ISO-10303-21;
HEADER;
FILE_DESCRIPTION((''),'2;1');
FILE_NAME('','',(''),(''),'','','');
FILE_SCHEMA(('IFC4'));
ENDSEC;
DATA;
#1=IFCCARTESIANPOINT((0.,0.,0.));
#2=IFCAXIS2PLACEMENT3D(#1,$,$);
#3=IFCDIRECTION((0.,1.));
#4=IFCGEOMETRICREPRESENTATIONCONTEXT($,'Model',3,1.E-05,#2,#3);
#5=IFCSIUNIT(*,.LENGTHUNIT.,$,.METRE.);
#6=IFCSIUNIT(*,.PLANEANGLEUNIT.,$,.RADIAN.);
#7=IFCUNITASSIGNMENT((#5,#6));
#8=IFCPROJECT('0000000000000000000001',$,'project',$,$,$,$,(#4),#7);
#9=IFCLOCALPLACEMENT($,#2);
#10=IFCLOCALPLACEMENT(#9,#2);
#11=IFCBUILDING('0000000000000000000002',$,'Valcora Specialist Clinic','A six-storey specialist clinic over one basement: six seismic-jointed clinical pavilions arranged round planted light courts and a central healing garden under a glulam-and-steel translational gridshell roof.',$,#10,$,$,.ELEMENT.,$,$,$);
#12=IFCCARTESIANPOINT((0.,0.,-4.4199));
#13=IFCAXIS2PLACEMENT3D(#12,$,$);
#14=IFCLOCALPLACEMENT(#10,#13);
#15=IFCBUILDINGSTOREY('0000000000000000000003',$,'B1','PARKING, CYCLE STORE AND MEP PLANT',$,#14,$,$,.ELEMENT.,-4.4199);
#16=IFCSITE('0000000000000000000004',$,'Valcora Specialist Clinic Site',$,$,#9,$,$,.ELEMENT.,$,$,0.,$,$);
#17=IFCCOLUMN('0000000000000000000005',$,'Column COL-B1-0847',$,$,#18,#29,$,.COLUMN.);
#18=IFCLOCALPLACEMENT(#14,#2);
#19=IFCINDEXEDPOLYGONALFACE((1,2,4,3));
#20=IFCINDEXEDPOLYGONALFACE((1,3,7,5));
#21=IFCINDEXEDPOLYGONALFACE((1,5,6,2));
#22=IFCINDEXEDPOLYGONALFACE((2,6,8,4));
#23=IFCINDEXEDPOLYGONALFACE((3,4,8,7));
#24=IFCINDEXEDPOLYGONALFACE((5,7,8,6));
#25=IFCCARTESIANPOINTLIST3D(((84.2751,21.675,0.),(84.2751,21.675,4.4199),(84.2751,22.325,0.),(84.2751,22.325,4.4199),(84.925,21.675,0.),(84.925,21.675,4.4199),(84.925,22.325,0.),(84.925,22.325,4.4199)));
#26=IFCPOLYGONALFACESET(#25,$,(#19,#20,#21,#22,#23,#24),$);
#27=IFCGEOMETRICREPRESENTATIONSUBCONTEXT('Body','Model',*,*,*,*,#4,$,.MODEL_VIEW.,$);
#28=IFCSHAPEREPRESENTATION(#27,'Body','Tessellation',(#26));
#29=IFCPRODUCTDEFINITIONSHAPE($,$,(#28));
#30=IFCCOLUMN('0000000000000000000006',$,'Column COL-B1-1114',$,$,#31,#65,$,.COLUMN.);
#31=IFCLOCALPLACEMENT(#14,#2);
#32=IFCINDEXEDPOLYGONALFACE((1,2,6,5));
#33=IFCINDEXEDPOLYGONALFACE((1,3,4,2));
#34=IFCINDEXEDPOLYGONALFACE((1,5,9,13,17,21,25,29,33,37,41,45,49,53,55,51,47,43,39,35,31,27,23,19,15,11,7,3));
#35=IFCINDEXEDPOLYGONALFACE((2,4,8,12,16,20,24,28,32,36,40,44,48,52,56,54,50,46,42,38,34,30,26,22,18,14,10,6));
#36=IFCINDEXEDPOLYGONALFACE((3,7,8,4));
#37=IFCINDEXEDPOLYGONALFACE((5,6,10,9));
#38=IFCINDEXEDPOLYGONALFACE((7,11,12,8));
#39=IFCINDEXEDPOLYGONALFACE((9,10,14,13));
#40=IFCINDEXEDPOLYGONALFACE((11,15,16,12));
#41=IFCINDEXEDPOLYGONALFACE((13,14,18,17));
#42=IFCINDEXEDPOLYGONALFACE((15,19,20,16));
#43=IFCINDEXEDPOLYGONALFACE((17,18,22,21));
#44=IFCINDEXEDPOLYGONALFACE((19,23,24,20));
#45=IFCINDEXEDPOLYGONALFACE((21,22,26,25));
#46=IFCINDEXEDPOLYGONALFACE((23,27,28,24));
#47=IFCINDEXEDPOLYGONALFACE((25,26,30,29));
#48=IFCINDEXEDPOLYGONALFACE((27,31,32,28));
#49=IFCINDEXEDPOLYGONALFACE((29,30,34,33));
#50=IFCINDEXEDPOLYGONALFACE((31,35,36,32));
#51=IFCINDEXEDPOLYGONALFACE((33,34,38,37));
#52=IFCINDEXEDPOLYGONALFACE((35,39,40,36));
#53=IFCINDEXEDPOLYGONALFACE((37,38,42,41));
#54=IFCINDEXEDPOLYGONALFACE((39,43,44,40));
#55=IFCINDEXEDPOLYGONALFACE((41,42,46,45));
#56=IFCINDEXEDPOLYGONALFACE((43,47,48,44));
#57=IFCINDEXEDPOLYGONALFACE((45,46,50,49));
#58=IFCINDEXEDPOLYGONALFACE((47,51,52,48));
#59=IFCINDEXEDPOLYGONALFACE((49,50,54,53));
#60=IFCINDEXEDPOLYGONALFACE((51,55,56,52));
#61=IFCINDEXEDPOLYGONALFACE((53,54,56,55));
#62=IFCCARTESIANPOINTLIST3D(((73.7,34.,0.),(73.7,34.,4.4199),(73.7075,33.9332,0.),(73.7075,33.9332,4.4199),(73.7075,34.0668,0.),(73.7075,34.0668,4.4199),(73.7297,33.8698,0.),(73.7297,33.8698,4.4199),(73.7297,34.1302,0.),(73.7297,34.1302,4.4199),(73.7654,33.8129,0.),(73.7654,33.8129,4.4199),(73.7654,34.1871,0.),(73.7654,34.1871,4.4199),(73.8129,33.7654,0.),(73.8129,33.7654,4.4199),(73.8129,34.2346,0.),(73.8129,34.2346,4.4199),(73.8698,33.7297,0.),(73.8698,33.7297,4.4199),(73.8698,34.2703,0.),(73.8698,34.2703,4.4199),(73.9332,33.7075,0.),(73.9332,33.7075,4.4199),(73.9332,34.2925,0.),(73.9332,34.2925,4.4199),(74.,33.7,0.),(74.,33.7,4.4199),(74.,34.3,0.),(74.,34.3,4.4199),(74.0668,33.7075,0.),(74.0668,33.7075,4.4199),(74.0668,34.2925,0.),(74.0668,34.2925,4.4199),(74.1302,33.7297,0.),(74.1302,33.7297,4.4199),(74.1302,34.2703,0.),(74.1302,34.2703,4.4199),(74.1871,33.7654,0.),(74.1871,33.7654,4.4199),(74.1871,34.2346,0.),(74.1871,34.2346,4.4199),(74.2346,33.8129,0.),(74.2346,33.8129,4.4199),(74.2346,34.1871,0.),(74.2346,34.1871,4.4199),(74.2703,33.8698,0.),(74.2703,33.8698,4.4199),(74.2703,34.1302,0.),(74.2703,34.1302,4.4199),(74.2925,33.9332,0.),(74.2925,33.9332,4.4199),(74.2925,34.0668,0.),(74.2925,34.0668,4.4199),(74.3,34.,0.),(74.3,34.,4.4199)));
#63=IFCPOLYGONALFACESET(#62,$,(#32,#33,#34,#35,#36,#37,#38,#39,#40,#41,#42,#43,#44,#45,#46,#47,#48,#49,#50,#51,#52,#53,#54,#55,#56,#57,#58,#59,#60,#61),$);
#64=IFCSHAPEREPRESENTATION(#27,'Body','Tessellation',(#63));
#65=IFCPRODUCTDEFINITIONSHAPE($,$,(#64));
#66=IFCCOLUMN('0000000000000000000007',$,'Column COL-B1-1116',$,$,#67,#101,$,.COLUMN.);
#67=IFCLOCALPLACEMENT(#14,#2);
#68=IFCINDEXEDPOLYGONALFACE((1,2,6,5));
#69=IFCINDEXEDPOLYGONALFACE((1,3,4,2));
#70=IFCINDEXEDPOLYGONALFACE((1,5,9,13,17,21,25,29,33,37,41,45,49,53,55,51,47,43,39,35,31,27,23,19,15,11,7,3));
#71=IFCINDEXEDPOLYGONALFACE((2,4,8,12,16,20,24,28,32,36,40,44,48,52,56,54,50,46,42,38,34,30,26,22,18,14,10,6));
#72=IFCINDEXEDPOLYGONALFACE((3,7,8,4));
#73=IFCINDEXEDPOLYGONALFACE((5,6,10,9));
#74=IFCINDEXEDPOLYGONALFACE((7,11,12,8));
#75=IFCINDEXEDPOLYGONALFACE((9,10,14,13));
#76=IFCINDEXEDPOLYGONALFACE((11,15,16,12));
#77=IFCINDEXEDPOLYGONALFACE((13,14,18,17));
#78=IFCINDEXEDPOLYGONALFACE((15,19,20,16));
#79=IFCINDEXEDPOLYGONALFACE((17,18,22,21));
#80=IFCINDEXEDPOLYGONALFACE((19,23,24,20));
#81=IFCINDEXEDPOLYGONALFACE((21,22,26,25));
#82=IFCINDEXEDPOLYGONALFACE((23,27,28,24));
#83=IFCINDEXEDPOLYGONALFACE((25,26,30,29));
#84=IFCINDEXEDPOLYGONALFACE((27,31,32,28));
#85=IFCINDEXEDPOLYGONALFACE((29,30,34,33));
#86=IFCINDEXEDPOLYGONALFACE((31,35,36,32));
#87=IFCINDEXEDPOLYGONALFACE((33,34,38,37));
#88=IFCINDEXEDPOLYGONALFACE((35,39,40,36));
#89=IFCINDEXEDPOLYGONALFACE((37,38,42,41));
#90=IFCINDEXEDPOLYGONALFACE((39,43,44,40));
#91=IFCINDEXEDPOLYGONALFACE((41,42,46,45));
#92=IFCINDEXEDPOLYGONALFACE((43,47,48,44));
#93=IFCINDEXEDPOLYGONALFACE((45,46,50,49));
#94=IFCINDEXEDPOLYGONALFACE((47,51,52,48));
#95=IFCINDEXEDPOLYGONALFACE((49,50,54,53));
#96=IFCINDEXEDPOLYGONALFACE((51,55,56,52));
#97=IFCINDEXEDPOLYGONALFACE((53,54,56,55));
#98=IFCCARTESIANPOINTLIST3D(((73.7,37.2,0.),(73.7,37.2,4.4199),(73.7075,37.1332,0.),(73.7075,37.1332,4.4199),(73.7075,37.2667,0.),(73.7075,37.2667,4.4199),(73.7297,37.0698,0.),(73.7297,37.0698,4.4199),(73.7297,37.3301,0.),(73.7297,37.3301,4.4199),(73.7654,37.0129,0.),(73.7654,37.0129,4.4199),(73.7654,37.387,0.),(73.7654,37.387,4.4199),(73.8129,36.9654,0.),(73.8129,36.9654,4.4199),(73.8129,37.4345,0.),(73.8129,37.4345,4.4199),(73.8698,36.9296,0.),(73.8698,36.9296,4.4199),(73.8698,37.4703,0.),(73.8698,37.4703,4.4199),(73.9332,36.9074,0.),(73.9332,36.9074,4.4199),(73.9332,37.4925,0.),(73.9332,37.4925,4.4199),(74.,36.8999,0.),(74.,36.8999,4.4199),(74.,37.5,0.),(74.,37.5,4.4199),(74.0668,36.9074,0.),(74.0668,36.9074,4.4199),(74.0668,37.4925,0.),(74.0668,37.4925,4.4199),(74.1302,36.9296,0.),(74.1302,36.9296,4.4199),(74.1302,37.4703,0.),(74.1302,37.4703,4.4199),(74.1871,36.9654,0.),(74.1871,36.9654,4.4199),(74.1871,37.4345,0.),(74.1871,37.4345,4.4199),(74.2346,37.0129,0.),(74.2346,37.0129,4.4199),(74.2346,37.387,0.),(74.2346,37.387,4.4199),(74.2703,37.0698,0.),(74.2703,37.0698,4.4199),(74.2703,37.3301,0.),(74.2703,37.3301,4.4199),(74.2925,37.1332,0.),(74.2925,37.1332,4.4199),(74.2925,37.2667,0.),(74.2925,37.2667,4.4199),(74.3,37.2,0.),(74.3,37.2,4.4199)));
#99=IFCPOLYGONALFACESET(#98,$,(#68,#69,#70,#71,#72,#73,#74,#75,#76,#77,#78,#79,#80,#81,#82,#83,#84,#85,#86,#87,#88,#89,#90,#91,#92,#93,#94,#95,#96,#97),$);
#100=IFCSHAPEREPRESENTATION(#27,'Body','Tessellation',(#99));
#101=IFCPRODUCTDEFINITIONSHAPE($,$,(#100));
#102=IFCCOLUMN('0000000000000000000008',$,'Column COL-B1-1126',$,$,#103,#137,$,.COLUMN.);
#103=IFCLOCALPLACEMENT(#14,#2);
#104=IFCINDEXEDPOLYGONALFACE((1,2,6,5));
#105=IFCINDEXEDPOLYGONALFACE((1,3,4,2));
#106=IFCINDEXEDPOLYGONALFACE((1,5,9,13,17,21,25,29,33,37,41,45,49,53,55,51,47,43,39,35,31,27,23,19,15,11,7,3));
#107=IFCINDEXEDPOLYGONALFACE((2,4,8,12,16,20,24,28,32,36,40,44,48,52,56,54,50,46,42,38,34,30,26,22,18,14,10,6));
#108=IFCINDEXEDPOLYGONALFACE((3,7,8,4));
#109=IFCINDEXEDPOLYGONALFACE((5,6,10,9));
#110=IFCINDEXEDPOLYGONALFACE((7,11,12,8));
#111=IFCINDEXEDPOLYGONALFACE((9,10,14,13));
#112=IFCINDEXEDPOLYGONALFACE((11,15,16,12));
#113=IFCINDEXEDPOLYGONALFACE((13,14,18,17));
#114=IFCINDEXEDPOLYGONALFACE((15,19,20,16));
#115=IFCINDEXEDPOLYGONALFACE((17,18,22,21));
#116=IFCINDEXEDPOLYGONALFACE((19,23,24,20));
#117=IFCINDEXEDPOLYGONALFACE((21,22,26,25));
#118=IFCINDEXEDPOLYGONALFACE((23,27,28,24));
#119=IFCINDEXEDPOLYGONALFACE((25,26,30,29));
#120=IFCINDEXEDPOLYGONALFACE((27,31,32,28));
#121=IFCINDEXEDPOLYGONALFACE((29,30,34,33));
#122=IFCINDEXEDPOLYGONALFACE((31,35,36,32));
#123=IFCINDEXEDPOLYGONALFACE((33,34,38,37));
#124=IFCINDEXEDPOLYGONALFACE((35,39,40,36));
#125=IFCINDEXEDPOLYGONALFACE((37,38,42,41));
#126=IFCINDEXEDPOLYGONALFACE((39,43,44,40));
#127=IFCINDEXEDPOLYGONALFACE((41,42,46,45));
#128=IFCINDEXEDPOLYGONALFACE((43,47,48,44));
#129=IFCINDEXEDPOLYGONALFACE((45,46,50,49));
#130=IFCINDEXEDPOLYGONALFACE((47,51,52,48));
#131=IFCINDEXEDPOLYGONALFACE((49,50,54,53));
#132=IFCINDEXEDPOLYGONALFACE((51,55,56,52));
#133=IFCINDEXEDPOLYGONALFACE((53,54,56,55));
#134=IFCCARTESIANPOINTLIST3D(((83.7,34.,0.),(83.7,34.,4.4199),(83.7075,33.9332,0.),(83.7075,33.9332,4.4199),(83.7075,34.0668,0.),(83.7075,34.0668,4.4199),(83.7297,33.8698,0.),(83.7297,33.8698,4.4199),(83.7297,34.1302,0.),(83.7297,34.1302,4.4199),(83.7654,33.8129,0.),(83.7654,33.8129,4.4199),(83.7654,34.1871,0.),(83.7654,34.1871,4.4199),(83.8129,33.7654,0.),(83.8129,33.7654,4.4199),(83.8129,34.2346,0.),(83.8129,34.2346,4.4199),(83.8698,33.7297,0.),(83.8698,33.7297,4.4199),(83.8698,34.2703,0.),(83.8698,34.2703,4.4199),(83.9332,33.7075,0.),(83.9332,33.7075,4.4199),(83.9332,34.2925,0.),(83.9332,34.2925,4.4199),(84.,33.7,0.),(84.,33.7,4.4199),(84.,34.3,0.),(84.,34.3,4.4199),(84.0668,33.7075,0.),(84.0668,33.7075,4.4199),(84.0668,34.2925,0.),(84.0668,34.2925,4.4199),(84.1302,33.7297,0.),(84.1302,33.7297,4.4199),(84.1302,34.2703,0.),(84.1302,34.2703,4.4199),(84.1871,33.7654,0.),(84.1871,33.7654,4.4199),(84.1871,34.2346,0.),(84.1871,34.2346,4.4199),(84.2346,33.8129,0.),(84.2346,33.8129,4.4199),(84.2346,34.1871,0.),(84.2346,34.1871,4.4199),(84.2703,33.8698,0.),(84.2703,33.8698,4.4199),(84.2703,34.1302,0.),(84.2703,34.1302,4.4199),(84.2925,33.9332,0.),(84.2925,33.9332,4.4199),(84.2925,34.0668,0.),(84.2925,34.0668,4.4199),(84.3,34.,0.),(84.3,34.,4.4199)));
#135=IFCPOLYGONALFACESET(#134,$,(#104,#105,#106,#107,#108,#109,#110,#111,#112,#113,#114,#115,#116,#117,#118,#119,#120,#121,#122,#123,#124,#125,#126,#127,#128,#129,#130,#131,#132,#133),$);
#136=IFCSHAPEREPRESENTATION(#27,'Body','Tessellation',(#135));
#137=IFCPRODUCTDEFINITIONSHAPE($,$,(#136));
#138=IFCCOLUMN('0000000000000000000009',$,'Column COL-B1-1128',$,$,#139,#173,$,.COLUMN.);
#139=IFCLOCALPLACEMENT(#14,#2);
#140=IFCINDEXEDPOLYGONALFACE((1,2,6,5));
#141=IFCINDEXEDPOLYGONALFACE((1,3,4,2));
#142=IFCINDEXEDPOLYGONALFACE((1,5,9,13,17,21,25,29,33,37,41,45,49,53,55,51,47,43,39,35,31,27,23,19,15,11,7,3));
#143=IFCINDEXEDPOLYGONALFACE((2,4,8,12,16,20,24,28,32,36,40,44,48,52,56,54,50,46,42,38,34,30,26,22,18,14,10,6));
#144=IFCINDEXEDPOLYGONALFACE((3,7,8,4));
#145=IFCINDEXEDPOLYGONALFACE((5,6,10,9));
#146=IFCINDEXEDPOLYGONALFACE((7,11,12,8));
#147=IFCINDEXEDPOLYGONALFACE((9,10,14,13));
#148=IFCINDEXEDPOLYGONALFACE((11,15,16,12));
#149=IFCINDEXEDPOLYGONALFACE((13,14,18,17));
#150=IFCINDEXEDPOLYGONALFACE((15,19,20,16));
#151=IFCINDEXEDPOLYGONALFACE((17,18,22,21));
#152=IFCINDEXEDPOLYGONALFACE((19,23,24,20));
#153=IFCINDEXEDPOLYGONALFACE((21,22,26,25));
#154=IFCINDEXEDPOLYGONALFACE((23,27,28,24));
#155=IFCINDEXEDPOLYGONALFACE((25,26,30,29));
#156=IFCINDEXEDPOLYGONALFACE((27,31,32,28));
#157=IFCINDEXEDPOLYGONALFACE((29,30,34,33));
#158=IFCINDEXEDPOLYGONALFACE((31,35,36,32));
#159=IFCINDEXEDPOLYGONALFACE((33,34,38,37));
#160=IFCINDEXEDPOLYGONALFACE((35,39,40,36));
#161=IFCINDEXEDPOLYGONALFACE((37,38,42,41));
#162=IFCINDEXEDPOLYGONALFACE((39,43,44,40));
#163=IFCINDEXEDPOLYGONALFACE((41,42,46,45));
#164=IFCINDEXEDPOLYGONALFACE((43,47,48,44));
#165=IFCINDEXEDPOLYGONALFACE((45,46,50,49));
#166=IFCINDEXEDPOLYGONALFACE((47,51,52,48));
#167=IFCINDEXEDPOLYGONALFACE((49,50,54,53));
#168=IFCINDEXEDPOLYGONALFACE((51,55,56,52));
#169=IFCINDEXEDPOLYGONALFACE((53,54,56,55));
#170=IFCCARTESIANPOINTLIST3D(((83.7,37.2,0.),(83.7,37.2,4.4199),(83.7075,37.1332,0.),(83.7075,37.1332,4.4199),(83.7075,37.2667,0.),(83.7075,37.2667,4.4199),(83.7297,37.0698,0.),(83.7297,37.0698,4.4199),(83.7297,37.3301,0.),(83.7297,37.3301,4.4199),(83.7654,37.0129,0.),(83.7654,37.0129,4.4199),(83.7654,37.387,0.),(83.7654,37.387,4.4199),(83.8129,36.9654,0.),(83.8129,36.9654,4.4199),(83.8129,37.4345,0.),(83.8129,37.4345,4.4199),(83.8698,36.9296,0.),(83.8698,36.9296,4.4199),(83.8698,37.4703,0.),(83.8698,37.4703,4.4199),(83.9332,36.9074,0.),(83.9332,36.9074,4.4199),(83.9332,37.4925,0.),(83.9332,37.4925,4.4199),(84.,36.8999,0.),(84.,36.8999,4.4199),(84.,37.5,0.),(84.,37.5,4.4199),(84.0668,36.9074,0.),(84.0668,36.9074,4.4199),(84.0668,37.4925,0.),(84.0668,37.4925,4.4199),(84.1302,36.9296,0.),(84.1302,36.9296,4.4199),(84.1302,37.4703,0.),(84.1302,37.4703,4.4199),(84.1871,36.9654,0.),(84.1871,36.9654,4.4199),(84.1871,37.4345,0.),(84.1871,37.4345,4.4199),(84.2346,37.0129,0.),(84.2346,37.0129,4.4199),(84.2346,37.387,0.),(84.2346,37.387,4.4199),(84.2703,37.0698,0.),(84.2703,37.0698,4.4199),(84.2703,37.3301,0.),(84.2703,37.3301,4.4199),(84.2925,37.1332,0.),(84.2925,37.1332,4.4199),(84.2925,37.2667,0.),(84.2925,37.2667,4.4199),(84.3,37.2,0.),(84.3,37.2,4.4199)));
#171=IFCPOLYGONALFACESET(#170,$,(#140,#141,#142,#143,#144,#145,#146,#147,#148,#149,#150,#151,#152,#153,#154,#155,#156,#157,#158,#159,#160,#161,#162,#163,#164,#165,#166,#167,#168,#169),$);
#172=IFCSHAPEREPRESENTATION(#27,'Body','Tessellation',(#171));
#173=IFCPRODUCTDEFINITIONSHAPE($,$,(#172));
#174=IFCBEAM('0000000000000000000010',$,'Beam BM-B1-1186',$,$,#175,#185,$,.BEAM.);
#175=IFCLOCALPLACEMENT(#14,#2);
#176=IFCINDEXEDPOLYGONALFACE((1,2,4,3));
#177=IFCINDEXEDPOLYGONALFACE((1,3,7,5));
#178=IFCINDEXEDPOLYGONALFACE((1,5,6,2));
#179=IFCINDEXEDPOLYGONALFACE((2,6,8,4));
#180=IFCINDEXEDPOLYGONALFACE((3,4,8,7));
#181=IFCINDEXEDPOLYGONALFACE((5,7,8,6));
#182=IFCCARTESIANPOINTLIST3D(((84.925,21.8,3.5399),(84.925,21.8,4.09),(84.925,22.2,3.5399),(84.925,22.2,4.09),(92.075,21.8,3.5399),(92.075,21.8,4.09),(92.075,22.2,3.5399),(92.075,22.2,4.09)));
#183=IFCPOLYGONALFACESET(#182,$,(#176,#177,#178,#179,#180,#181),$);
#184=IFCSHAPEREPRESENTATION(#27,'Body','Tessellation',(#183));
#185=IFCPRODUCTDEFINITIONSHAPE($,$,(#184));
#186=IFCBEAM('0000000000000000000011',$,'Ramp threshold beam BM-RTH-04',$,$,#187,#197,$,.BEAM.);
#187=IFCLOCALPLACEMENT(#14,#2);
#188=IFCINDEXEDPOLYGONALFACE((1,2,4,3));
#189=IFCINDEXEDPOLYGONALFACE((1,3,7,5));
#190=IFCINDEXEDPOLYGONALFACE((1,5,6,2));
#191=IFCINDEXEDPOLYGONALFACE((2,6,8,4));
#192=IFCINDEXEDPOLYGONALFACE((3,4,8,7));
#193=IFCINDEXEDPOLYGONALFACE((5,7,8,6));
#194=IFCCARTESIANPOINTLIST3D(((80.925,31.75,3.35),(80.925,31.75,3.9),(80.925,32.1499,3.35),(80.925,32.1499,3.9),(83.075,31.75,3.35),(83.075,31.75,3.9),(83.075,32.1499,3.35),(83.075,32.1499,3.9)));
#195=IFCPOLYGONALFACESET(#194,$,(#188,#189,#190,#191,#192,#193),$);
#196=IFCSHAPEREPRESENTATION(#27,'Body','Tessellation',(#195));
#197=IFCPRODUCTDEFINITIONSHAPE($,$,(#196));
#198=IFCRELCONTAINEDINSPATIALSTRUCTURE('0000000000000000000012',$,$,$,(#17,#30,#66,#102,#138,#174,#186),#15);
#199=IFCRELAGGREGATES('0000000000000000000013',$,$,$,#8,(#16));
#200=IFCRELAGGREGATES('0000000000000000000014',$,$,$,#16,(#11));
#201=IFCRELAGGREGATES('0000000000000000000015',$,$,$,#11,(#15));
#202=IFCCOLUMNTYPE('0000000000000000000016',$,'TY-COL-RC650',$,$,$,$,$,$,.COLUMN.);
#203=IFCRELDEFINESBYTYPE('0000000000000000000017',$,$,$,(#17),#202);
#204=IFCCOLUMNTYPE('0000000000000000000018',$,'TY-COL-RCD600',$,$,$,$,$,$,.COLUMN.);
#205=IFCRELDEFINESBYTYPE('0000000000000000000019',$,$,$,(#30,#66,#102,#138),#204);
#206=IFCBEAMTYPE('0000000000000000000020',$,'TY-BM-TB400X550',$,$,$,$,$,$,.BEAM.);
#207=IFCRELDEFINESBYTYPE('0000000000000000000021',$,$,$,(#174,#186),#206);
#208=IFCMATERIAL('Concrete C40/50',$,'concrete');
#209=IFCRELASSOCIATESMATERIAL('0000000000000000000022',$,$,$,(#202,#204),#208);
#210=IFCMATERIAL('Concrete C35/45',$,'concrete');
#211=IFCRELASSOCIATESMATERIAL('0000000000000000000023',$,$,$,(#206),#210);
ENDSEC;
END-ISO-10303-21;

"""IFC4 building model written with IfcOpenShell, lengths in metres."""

from ifc_helpers import new_model, si_unit, direction, frame, origin, origin_2d, place, context, subcontext, project, spatial, rectangle, circle, extrude, material, material_profile, profile_set, type_object, element, save


model = new_model("IFC4")

# Units and contexts
model_context = context("Model", 3, precision=1e-05, world=origin(), true_north=direction((0.0, 1.0)))
body_context = subcontext(model_context, "Body", "Model", "MODEL_VIEW")
ifc_project = project(units=[si_unit("LENGTHUNIT", "METRE"), si_unit("PLANEANGLEUNIT", "RADIAN")], contexts=[model_context])

# Site, building, storey
site_placement = place(None, origin())
site = spatial("IfcSite", under=ifc_project, at=site_placement, Name="Valcora Specialist Clinic Site", CompositionType="ELEMENT", RefElevation=0.0)
building_placement = place(site_placement, origin())
building = spatial("IfcBuilding", under=site, at=building_placement, Name="Valcora Specialist Clinic", Description="A six-storey specialist clinic over one basement: six seismic-jointed clinical pavilions arranged round planted light courts and a central healing garden under a glulam-and-steel translational gridshell roof.", CompositionType="ELEMENT")
storey_placement = place(building_placement, frame((0.0, 0.0, -4.4199)))
storey = spatial("IfcBuildingStorey", under=building, at=storey_placement, Name="B1", Description="PARKING, CYCLE STORE AND MEP PLANT", CompositionType="ELEMENT", Elevation=-4.4199)

# Shared definitions
ifc_material_1 = material(Name="Concrete C35/45", Category="concrete")

# Columns
ifc_material_2 = material(Name="Concrete C40/50", Category="concrete")
ifc_material_profile_1 = material_profile(ifc_material_2, rectangle(XDim=0.6499, YDim=0.6499, at=origin_2d()), Name="RC-COL-650X650")
ifc_profile_set_1 = profile_set([ifc_material_profile_1], Name="Concrete C40/50")
column_type_1 = type_object("IfcColumnType", Name="TY-COL-RC650", PredefinedType="COLUMN", material=ifc_profile_set_1)
column_1_placement = place(storey_placement, frame((84.6001, 22.0, 0.0), z_axis=(0.0, 0.0, 1.0), x_axis=(1.0, 0.0, 0.0)))
element("IfcColumn", 1, at=column_1_placement, inside=storey, type_object=column_type_1, Name="Column COL-B1-0847", PredefinedType="COLUMN", context=body_context, shape_type="SweptSolid", body=[
    extrude(rectangle(XDim=0.6499, YDim=0.6499, at=origin_2d()), origin(), (0.0, 0.0, 1.0), 4.4199),
])
ifc_material_profile_2 = material_profile(ifc_material_2, circle(Radius=0.3, at=origin_2d()), Name="RC-COL-D600")
ifc_profile_set_2 = profile_set([ifc_material_profile_2], Name="Concrete C40/50")
column_type_2 = type_object("IfcColumnType", Name="TY-COL-RCD600", PredefinedType="COLUMN", material=ifc_profile_set_2)
for number, where, z_axis, x_axis, name in (
    (2, (74.0, 34.0, 0.0), (0.0, 0.0, 1.0), (1.0, 0.0, 0.0), "Column COL-B1-1114"),
    (3, (74.0, 37.2, 0.0), (0.0, 0.0, 1.0), (1.0, 0.0, 0.0), "Column COL-B1-1116"),
    (4, (84.0, 34.0, 0.0), (0.0, 0.0, 1.0), (1.0, 0.0, 0.0), "Column COL-B1-1126"),
    (5, (84.0, 37.2, 0.0), (0.0, 0.0, 1.0), (1.0, 0.0, 0.0), "Column COL-B1-1128"),
):
    element("IfcColumn", number, at=place(storey_placement, frame(where, z_axis=z_axis, x_axis=x_axis)), inside=storey, type_object=column_type_2, Name=name, PredefinedType="COLUMN", context=body_context, shape_type="SweptSolid", body=[
        extrude(circle(Radius=0.3, at=origin_2d()), origin(), (0.0, 0.0, 1.0), 4.4199),
    ])

# Beams
ifc_material_profile_3 = material_profile(ifc_material_1, rectangle(XDim=0.3999, YDim=0.55, at=origin_2d()), Name="RC-TB-400X550")
ifc_profile_set_3 = profile_set([ifc_material_profile_3], Name="Concrete C35/45")
beam_type = type_object("IfcBeamType", Name="TY-BM-TB400X550", PredefinedType="BEAM", material=ifc_profile_set_3)
beam_1_placement = place(storey_placement, frame((84.925, 22.0, 3.8149), z_axis=(1.0, 0.0, 0.0), x_axis=(0.0, 1.0, 0.0)))
element("IfcBeam", 6, at=beam_1_placement, inside=storey, type_object=beam_type, Name="Beam BM-B1-1186", PredefinedType="BEAM", context=body_context, shape_type="SweptSolid", body=[
    extrude(rectangle(XDim=0.3999, YDim=0.55, at=origin_2d()), origin(), (0.0, 0.0, 1.0), 7.1499),
])
beam_2_placement = place(storey_placement, frame((80.925, 31.95, 3.625), z_axis=(1.0, 0.0, 0.0), x_axis=(0.0, 1.0, 0.0)))
element("IfcBeam", 7, at=beam_2_placement, inside=storey, type_object=beam_type, Name="Ramp threshold beam BM-RTH-04", PredefinedType="BEAM", context=body_context, shape_type="SweptSolid", body=[
    extrude(rectangle(XDim=0.3999, YDim=0.55, at=origin_2d()), origin(), (0.0, 0.0, 1.0), 2.1499),
])

save(model, "model.ifc")
